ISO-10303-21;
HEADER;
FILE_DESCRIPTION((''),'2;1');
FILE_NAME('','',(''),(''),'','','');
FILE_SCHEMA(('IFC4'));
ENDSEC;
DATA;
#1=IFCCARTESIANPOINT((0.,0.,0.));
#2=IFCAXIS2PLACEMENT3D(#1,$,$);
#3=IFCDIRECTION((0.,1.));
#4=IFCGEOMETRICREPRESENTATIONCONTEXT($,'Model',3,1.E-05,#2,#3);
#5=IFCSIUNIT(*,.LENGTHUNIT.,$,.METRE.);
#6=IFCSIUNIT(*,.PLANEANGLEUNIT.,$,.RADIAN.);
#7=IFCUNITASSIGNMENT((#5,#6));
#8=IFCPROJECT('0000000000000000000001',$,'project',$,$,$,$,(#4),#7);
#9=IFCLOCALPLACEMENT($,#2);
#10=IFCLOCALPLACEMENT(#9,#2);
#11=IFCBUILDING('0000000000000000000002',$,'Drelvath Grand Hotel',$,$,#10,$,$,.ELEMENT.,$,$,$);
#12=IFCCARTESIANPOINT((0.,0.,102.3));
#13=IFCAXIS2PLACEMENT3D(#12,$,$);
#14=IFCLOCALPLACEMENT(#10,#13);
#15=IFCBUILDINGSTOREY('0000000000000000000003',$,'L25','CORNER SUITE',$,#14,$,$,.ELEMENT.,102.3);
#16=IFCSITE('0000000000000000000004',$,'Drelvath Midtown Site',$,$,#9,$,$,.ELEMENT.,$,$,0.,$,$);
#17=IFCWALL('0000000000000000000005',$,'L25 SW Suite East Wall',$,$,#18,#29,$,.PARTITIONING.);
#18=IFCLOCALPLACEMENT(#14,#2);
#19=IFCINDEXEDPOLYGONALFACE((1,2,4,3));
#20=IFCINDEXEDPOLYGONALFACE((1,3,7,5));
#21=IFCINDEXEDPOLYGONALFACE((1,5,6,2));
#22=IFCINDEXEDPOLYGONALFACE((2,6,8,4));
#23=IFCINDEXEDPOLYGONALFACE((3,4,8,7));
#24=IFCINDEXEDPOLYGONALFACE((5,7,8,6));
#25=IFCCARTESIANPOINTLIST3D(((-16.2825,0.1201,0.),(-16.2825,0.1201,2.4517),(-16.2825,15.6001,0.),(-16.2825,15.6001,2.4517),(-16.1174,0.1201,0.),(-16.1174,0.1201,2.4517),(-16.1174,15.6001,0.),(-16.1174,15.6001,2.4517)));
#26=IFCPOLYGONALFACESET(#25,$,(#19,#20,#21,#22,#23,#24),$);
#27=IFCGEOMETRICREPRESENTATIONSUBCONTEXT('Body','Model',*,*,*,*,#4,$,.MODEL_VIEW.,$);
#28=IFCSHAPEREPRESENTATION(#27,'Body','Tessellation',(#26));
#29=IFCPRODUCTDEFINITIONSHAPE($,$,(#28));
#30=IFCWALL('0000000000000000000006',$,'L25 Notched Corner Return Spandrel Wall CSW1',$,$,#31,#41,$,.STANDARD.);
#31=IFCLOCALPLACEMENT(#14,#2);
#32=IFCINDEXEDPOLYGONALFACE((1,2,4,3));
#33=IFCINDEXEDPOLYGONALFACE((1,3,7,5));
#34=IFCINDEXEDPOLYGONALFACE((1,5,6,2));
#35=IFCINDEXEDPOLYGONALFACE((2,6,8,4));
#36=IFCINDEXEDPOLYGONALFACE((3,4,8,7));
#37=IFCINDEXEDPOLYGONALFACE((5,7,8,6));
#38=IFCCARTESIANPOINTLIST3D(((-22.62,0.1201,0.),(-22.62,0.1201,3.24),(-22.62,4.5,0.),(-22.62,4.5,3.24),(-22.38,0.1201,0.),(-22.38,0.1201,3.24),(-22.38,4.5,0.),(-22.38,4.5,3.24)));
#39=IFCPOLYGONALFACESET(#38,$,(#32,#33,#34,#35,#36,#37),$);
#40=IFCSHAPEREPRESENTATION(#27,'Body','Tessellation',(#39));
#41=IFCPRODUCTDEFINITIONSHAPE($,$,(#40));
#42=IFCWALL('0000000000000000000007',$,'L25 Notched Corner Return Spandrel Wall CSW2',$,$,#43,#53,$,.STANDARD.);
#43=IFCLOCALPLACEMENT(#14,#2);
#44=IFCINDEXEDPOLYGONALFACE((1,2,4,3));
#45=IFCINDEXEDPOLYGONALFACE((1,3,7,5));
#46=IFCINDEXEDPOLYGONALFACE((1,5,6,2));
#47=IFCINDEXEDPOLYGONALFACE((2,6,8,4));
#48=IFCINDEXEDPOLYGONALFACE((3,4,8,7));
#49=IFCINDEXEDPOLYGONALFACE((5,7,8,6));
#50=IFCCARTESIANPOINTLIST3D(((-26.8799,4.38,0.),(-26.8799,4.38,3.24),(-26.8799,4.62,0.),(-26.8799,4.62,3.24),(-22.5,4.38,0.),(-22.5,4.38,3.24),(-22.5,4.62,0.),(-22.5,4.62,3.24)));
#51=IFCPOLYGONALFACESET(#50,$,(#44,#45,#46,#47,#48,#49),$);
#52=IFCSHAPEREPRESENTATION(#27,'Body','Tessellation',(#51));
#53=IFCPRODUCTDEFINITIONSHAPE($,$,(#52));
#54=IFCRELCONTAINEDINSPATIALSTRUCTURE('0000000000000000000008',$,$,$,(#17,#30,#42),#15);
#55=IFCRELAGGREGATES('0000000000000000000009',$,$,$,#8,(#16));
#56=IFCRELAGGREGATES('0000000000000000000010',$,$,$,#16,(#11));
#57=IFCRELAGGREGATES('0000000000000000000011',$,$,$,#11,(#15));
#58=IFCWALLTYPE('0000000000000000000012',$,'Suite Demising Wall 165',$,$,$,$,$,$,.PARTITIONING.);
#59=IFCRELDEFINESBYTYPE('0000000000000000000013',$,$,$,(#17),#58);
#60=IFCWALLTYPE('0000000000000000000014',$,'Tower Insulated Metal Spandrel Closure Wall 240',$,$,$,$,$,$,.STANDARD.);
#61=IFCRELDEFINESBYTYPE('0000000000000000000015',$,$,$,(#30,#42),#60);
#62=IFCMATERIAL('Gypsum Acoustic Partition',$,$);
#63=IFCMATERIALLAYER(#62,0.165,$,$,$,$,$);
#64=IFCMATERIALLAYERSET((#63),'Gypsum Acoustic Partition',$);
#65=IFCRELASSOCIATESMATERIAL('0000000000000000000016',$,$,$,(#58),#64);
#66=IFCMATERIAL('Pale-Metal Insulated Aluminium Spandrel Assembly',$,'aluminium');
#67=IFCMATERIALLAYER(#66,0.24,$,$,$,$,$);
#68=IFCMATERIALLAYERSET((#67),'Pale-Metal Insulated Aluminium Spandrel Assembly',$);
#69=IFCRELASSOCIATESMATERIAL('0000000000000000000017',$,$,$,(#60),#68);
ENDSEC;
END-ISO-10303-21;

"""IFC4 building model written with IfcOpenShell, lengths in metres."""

from ifc_helpers import new_model, si_unit, direction, frame, frame_2d, origin, place, context, subcontext, project, spatial, rectangle, extrude, material, layer, layer_set, type_object, element, save


model = new_model("IFC4")

# Units and contexts
model_context = context("Model", 3, precision=1e-05, world=origin(), true_north=direction((0.0, 1.0)))
body_context = subcontext(model_context, "Body", "Model", "MODEL_VIEW")
ifc_project = project(units=[si_unit("LENGTHUNIT", "METRE"), si_unit("PLANEANGLEUNIT", "RADIAN")], contexts=[model_context])

# Site, building, storey
site_placement = place(None, origin())
site = spatial("IfcSite", under=ifc_project, at=site_placement, Name="Drelvath Midtown Site", CompositionType="ELEMENT", RefElevation=0.0)
building_placement = place(site_placement, origin())
building = spatial("IfcBuilding", under=site, at=building_placement, Name="Drelvath Grand Hotel", CompositionType="ELEMENT")
storey_placement = place(building_placement, frame((0.0, 0.0, 102.3)))
storey = spatial("IfcBuildingStorey", under=building, at=storey_placement, Name="L25", Description="CORNER SUITE", CompositionType="ELEMENT", Elevation=102.3)

# Walls
ifc_material_1 = material(Name="Gypsum Acoustic Partition")
ifc_layer_1 = layer(ifc_material_1, 0.165)
ifc_layer_set_1 = layer_set([ifc_layer_1], Name="Gypsum Acoustic Partition")
wall_type_1 = type_object("IfcWallType", Name="Suite Demising Wall 165", PredefinedType="PARTITIONING", material=ifc_layer_set_1)
wall_placement = place(storey_placement, frame((-16.2, 0.1201, 0.0), z_axis=(0.0, 0.0, 1.0), x_axis=(0.0, 1.0, 0.0)))
element("IfcWall", 1, at=wall_placement, inside=storey, type_object=wall_type_1, Name="L25 SW Suite East Wall", PredefinedType="PARTITIONING", context=body_context, shape_type="SweptSolid", body=[
    extrude(rectangle(XDim=15.48, YDim=0.165, at=frame_2d((7.74, 0.0))), origin(), (0.0, 0.0, 1.0), 2.4517),
])
ifc_material_2 = material(Name="Pale-Metal Insulated Aluminium Spandrel Assembly", Category="aluminium")
ifc_layer_2 = layer(ifc_material_2, 0.24)
ifc_layer_set_2 = layer_set([ifc_layer_2], Name="Pale-Metal Insulated Aluminium Spandrel Assembly")
wall_type_2 = type_object("IfcWallType", Name="Tower Insulated Metal Spandrel Closure Wall 240", PredefinedType="STANDARD", material=ifc_layer_set_2)
for number, where, z_axis, x_axis, name in (
    (2, (-22.5, 0.1201, 0.0), (0.0, 0.0, 1.0), (0.0, 1.0, 0.0), "L25 Notched Corner Return Spandrel Wall CSW1"),
    (3, (-22.5, 4.5, 0.0), (0.0, 0.0, 1.0), (-1.0, 0.0, 0.0), "L25 Notched Corner Return Spandrel Wall CSW2"),
):
    element("IfcWall", number, at=place(storey_placement, frame(where, z_axis=z_axis, x_axis=x_axis)), inside=storey, type_object=wall_type_2, Name=name, PredefinedType="STANDARD", context=body_context, shape_type="SweptSolid", body=[
        extrude(rectangle(XDim=4.3799, YDim=0.24, at=frame_2d((2.1899, 0.0))), origin(), (0.0, 0.0, 1.0), 3.24),
    ])

save(model, "model.ifc")
